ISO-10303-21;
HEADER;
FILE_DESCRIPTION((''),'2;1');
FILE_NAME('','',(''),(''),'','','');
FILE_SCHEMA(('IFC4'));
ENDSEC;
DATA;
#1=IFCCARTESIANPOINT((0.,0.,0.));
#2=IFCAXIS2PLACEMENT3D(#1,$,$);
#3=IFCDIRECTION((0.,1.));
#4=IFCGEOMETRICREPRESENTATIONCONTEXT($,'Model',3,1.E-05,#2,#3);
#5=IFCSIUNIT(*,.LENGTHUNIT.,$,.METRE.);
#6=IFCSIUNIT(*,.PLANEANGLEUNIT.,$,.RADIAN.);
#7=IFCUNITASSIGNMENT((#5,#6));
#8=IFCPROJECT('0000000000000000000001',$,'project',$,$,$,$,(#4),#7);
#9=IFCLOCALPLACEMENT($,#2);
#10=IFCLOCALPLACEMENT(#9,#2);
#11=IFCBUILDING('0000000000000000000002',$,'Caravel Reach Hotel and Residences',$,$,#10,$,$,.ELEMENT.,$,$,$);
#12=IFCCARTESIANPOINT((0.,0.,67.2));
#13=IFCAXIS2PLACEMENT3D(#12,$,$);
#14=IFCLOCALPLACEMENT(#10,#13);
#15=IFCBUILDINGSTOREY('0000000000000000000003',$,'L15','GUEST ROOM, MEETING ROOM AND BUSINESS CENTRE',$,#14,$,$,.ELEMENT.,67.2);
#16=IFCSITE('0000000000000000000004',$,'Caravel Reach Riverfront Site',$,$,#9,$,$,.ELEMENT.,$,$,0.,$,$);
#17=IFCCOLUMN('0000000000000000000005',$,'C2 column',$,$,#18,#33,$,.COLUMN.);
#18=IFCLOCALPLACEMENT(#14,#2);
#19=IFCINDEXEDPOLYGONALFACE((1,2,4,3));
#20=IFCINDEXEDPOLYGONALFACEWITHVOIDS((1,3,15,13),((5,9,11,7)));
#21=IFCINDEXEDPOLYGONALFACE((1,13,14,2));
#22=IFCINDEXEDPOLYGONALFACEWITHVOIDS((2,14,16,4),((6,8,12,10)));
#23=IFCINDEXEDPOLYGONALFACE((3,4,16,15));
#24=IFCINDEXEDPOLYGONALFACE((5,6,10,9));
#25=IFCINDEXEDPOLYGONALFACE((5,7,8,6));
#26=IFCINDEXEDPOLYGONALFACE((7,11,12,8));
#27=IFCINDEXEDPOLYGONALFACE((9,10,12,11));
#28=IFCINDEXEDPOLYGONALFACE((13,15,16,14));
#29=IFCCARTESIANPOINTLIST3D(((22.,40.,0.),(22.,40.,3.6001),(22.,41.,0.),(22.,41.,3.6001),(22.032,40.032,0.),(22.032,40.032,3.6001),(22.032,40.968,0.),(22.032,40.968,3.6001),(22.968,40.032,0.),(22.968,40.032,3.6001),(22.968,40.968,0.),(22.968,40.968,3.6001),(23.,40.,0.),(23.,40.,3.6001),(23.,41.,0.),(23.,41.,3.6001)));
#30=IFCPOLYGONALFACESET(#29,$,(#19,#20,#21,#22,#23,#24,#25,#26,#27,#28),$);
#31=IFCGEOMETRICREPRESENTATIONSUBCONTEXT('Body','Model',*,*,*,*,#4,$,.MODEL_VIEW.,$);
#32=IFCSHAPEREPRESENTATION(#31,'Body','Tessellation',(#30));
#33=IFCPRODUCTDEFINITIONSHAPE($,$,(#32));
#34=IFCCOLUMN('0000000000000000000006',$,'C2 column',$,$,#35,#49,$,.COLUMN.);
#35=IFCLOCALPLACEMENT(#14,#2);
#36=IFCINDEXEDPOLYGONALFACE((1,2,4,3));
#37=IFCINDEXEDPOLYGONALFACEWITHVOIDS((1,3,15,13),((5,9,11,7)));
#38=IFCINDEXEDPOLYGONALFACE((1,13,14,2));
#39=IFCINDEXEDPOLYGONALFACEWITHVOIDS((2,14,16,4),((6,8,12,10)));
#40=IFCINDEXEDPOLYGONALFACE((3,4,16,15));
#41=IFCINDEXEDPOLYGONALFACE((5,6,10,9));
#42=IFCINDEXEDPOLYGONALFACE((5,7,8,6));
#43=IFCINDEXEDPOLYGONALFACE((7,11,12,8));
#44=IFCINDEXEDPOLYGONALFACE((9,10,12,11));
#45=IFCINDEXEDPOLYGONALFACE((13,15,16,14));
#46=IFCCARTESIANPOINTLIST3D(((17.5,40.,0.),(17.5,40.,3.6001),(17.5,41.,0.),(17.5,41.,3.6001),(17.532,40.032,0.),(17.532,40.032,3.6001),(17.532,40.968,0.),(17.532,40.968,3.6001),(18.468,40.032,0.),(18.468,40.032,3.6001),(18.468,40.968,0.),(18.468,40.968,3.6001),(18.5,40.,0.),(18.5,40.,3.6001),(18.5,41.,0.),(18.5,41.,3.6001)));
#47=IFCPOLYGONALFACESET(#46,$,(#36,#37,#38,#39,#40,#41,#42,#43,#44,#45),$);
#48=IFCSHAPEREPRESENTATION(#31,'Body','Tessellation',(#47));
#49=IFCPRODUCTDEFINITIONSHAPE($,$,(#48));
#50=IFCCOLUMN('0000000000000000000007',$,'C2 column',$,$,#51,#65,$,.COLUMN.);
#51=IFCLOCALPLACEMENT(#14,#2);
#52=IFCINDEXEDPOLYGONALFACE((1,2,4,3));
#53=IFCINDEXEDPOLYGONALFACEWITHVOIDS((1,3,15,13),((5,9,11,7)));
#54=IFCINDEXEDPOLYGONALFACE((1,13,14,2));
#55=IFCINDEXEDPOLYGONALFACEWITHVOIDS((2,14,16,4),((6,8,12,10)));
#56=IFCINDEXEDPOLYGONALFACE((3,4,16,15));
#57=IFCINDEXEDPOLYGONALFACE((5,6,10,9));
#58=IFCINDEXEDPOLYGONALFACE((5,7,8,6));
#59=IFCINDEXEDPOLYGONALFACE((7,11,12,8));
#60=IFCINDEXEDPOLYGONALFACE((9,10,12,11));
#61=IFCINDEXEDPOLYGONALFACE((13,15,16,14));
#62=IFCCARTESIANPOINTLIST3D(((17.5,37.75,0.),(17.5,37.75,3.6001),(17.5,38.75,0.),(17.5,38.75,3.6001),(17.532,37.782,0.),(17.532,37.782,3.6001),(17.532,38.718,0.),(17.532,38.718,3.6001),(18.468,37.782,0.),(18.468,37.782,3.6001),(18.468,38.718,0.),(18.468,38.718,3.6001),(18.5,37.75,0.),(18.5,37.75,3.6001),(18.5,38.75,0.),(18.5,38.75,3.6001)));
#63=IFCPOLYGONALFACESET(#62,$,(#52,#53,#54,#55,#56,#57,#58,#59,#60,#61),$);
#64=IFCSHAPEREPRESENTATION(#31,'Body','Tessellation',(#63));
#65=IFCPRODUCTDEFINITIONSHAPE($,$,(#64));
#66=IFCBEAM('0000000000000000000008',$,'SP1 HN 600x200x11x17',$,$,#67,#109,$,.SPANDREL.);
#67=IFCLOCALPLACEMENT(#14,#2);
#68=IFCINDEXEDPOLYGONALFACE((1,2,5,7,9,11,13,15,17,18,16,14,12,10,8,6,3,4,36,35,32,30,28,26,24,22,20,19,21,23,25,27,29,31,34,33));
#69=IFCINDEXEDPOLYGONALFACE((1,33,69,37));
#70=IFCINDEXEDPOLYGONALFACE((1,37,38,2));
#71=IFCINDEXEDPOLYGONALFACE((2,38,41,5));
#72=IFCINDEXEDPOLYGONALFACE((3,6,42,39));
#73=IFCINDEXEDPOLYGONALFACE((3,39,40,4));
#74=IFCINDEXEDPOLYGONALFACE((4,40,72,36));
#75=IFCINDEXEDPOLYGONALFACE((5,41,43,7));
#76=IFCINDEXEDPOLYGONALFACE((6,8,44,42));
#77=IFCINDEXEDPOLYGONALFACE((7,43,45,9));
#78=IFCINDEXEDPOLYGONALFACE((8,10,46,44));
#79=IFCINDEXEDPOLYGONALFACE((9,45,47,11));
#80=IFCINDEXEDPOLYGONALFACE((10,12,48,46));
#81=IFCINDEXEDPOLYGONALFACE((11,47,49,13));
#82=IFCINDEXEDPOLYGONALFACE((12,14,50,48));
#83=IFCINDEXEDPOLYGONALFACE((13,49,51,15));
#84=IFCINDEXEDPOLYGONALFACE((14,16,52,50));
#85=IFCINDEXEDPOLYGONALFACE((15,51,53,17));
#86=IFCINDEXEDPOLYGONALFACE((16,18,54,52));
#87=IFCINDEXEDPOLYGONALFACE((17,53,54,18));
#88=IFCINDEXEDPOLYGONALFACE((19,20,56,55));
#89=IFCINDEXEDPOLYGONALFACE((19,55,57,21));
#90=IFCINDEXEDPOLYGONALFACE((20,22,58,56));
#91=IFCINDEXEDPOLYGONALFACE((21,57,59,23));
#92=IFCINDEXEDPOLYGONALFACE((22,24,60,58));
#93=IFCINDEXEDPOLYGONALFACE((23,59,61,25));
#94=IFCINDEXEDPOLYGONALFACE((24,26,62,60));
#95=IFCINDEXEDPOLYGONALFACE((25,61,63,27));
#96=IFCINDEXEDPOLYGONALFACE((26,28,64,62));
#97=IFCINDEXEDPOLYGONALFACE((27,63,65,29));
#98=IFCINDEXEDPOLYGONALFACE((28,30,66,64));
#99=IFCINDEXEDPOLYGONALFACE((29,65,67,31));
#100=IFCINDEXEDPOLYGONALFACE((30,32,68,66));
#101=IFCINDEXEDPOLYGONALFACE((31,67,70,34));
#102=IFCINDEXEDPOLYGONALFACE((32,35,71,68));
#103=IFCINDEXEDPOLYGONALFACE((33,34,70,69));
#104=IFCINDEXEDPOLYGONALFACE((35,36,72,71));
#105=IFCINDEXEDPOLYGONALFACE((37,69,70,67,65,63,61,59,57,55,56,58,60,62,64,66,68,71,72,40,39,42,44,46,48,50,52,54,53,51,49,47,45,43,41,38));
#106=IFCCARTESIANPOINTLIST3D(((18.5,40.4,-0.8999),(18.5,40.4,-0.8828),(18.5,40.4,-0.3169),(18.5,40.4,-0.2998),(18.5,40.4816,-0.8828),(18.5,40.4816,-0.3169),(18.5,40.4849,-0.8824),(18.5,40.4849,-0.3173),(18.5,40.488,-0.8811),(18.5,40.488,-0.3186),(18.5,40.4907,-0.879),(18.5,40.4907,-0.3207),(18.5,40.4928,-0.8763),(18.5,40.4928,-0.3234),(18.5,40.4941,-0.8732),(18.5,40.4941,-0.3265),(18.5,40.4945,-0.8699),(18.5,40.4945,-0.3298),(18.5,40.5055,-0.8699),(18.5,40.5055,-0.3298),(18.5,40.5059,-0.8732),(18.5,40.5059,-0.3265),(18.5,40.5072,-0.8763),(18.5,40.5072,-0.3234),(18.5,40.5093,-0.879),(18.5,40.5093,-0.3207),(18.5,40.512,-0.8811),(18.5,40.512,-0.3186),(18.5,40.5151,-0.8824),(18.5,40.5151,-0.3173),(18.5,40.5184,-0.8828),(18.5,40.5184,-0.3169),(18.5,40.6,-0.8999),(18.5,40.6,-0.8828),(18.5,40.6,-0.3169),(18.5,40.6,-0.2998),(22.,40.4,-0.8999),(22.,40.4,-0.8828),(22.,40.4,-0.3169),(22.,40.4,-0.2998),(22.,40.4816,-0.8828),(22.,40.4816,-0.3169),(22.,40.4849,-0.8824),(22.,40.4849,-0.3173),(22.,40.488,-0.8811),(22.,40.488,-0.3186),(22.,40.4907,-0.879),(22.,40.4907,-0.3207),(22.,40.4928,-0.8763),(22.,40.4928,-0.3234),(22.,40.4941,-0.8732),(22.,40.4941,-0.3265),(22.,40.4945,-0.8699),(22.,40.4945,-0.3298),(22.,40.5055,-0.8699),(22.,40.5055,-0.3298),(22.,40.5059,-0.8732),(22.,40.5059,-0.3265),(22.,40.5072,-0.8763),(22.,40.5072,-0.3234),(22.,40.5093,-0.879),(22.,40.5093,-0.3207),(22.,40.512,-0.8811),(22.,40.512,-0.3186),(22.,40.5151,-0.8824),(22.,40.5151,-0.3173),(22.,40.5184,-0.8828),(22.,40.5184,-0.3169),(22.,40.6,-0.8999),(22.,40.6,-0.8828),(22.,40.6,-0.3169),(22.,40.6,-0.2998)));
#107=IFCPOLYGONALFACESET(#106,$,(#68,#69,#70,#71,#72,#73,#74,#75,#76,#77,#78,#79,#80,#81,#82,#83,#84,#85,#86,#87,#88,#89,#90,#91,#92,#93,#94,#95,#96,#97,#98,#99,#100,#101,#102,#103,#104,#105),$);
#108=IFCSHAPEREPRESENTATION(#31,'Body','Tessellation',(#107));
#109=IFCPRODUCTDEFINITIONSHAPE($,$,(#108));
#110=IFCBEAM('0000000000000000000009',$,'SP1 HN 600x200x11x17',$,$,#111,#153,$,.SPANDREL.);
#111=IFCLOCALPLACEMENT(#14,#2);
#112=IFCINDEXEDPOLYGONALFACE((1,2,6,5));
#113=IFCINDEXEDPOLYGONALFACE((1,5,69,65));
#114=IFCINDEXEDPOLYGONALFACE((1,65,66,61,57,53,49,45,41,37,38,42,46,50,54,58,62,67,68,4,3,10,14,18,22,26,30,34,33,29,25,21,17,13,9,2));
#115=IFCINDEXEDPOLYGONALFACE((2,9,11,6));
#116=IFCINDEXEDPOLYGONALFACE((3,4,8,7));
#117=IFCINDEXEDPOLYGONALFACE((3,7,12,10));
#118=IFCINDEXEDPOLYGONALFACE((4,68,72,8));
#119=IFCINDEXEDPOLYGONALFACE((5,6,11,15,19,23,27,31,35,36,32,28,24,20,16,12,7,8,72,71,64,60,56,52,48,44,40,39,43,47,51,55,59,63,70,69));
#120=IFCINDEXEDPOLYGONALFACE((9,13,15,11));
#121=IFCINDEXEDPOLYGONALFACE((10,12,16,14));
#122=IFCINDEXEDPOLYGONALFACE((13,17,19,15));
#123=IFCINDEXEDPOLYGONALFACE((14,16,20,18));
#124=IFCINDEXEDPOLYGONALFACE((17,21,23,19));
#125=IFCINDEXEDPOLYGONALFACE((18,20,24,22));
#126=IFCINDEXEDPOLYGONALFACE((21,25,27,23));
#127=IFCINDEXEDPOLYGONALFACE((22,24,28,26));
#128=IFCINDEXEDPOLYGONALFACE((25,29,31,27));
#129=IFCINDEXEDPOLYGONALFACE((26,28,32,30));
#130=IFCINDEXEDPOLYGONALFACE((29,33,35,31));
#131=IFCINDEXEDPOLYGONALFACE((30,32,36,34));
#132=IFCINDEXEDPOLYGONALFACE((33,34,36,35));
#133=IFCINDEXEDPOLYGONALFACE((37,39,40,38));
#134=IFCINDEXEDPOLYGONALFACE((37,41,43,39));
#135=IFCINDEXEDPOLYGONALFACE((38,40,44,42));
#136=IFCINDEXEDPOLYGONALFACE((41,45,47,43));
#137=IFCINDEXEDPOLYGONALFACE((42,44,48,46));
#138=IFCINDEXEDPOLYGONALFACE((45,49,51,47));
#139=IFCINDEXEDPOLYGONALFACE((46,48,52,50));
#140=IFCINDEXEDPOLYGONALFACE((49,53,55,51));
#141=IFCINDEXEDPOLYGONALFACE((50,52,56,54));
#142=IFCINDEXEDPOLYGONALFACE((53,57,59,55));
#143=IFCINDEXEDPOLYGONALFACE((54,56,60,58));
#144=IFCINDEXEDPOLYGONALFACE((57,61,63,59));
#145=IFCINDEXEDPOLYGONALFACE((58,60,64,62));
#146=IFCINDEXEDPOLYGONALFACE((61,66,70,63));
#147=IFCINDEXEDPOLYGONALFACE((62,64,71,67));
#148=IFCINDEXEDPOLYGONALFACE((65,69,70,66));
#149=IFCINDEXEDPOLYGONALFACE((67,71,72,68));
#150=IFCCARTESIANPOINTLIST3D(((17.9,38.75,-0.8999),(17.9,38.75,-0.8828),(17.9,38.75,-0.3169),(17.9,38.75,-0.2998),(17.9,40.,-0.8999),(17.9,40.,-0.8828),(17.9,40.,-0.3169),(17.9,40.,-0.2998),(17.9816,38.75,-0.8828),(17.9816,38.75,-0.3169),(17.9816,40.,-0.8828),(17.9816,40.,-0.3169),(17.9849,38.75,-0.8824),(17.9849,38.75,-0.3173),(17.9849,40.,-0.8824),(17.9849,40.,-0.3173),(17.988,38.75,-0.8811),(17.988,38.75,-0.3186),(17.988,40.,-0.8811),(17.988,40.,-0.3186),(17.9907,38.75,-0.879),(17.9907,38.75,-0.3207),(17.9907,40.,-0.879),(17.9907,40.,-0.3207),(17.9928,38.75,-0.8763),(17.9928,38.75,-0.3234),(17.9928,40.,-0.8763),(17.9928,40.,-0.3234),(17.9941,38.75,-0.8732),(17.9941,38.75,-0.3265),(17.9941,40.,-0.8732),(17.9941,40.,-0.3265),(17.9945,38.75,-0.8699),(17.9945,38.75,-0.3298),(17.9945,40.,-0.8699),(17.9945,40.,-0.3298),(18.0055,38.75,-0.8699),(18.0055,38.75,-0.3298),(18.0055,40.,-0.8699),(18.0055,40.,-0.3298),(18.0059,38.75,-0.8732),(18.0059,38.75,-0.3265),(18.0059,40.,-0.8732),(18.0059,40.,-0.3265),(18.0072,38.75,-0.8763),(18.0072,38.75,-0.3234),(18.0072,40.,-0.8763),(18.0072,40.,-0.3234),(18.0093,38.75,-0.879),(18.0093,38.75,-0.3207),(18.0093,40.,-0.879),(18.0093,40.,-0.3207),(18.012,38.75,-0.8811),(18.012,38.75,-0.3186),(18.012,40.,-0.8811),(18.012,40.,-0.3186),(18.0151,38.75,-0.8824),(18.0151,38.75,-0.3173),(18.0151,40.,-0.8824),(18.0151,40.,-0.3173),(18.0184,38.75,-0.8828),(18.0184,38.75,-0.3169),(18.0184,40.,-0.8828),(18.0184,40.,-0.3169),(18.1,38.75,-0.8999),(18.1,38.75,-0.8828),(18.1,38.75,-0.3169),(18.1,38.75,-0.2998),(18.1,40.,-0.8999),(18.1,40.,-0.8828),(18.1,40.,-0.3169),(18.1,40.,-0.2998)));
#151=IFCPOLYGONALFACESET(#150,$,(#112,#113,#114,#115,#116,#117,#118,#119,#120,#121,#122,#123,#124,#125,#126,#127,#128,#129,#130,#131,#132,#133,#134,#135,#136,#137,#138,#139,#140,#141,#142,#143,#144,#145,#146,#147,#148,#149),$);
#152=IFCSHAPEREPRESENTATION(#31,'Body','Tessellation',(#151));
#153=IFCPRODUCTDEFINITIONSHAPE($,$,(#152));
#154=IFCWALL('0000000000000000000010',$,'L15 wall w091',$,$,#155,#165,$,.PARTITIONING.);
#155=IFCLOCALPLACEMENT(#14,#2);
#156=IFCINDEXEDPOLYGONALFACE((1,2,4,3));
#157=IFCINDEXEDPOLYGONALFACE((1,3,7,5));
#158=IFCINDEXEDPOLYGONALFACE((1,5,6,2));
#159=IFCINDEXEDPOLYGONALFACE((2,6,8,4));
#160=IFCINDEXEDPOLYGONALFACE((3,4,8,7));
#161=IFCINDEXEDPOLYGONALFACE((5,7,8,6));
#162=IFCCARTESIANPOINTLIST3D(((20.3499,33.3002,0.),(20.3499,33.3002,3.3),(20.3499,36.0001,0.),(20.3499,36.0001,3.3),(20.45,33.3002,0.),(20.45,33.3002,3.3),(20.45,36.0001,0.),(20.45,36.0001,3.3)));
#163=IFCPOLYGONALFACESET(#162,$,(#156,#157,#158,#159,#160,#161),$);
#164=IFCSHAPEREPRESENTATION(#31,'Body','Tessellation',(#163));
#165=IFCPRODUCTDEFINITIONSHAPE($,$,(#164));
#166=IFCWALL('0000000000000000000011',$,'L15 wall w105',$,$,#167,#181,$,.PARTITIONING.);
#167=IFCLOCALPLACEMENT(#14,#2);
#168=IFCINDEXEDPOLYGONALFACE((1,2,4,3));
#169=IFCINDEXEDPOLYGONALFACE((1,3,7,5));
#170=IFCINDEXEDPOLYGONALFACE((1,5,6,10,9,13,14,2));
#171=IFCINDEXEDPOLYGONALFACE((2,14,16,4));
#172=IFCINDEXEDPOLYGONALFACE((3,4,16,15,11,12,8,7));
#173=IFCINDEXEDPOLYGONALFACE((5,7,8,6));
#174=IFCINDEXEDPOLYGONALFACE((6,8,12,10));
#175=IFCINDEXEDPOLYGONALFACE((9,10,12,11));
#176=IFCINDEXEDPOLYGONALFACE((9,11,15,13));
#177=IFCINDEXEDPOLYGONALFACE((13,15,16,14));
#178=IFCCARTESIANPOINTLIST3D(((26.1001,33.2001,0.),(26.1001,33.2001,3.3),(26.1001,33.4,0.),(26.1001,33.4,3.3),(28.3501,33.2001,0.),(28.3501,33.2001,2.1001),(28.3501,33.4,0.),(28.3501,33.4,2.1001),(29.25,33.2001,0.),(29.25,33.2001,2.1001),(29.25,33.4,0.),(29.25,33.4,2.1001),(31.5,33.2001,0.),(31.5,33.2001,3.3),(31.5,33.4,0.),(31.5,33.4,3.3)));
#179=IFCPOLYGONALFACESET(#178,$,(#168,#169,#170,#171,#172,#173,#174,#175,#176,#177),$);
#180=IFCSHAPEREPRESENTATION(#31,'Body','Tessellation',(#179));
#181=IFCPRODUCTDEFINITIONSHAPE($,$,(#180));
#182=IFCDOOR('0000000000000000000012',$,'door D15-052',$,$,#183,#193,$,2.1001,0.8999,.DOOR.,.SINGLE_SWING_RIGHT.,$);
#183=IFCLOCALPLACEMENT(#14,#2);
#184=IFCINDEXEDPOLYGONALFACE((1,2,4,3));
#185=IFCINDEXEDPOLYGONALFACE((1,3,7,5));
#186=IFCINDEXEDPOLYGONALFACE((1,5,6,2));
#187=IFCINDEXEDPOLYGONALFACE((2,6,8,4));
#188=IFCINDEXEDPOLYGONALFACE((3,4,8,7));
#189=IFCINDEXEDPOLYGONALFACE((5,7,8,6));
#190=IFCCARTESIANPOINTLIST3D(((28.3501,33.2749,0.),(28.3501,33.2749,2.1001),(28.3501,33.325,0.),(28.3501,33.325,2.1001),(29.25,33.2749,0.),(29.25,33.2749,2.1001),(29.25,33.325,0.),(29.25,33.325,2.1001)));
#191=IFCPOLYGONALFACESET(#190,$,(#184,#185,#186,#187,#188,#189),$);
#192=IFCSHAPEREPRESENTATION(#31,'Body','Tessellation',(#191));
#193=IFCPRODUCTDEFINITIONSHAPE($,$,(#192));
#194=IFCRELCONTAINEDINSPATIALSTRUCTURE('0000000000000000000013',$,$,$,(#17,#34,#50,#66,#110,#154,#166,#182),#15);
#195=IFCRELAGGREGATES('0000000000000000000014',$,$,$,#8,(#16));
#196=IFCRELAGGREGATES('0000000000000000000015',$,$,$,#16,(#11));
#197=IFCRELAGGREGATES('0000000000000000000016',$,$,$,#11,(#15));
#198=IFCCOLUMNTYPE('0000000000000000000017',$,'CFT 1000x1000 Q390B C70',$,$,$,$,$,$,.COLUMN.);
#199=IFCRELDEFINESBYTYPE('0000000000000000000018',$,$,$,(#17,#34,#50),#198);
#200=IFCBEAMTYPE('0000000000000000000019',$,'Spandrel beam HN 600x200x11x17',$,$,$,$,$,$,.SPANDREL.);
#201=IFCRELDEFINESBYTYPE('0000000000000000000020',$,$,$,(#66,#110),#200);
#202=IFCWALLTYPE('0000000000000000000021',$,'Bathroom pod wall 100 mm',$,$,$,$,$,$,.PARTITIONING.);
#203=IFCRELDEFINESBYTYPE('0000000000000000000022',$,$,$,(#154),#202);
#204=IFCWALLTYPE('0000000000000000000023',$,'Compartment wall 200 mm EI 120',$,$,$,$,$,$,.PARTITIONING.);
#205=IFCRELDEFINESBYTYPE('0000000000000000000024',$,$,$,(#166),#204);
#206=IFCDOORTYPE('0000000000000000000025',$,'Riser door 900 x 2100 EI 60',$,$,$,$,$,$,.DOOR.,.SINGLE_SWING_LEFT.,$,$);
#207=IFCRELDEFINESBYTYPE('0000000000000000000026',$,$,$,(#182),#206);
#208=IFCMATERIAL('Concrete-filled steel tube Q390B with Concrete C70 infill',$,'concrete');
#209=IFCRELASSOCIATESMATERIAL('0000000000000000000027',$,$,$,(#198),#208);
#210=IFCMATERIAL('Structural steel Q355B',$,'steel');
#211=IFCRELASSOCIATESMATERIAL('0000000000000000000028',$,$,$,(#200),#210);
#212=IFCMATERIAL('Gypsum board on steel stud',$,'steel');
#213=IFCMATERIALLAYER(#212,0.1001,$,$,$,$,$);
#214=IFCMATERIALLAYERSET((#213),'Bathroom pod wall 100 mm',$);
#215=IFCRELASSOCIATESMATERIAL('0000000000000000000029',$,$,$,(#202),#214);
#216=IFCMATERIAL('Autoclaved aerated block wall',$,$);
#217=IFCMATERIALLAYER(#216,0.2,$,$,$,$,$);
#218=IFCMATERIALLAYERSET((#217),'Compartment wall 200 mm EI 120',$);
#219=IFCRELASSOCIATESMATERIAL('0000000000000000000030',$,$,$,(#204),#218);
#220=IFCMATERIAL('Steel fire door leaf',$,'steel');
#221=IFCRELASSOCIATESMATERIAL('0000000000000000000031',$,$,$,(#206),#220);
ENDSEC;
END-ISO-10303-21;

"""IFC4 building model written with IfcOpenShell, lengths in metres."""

from ifc_helpers import new_model, si_unit, direction, frame, frame_2d, origin, origin_2d, place, context, subcontext, project, spatial, rectangle, hollow_rectangle, i_section, extrude, material, layer, layer_set, material_profile, profile_set, type_object, element, fill, save


model = new_model("IFC4")

# Units and contexts
model_context = context("Model", 3, precision=1e-05, world=origin(), true_north=direction((0.0, 1.0)))
body_context = subcontext(model_context, "Body", "Model", "MODEL_VIEW")
ifc_project = project(units=[si_unit("LENGTHUNIT", "METRE"), si_unit("PLANEANGLEUNIT", "RADIAN")], contexts=[model_context])

# Site, building, storey
site_placement = place(None, origin())
site = spatial("IfcSite", under=ifc_project, at=site_placement, Name="Caravel Reach Riverfront Site", CompositionType="ELEMENT", RefElevation=0.0)
building_placement = place(site_placement, origin())
building = spatial("IfcBuilding", under=site, at=building_placement, Name="Caravel Reach Hotel and Residences", CompositionType="ELEMENT")
storey_placement = place(building_placement, frame((0.0, 0.0, 67.2)))
storey = spatial("IfcBuildingStorey", under=building, at=storey_placement, Name="L15", Description="GUEST ROOM, MEETING ROOM AND BUSINESS CENTRE", CompositionType="ELEMENT", Elevation=67.2)

# Columns
ifc_material_1 = material(Name="Concrete-filled steel tube Q390B with Concrete C70 infill", Category="concrete")
ifc_material_profile_1 = material_profile(ifc_material_1, hollow_rectangle(XDim=1.0, YDim=1.0, WallThickness=0.032, at=origin_2d()), Name="RHS 1000x1000x32")
ifc_profile_set_1 = profile_set([ifc_material_profile_1], Name="Concrete-filled steel tube Q390B with Concrete C70 infill")
column_type = type_object("IfcColumnType", Name="CFT 1000x1000 Q390B C70", PredefinedType="COLUMN", material=ifc_profile_set_1)
for number, where, z_axis, x_axis, name in (
    (1, (22.5, 40.5, 0.0), (0.0, 0.0, 1.0), (1.0, 0.0, 0.0), "C2 column"),
    (2, (18.0, 40.5, 0.0), (0.0, 0.0, 1.0), (1.0, 0.0, 0.0), "C2 column"),
    (3, (18.0, 38.25, 0.0), (0.0, 0.0, 1.0), (1.0, 0.0, 0.0), "C2 column"),
):
    element("IfcColumn", number, at=place(storey_placement, frame(where, z_axis=z_axis, x_axis=x_axis)), inside=storey, type_object=column_type, Name=name, PredefinedType="COLUMN", context=body_context, shape_type="SweptSolid", body=[
        extrude(hollow_rectangle(XDim=1.0, YDim=1.0, WallThickness=0.032, at=origin_2d()), origin(), (0.0, 0.0, 1.0), 3.6001),
    ])

# Beams
ifc_material_2 = material(Name="Structural steel Q355B", Category="steel")
ifc_material_profile_2 = material_profile(ifc_material_2, i_section(OverallWidth=0.2, OverallDepth=0.6001, WebThickness=0.011, FlangeThickness=0.0171, FilletRadius=0.0129, at=origin_2d()), Name="HN 600x200x11x17")
ifc_profile_set_2 = profile_set([ifc_material_profile_2], Name="Structural steel Q355B")
beam_type = type_object("IfcBeamType", Name="Spandrel beam HN 600x200x11x17", PredefinedType="SPANDREL", material=ifc_profile_set_2)
beam_1_placement = place(storey_placement, frame((22.0, 40.5, -0.5999), z_axis=(-1.0, 0.0, 0.0), x_axis=(0.0, -1.0, 0.0)))
element("IfcBeam", 4, at=beam_1_placement, inside=storey, type_object=beam_type, Name="SP1 HN 600x200x11x17", PredefinedType="SPANDREL", context=body_context, shape_type="SweptSolid", body=[
    extrude(i_section(OverallWidth=0.2, OverallDepth=0.6001, WebThickness=0.011, FlangeThickness=0.0171, FilletRadius=0.0129, at=origin_2d()), origin(), (0.0, 0.0, 1.0), 3.5),
])
beam_2_placement = place(storey_placement, frame((18.0, 40.0, -0.5999), z_axis=(0.0, -1.0, 0.0), x_axis=(1.0, 0.0, 0.0)))
element("IfcBeam", 5, at=beam_2_placement, inside=storey, type_object=beam_type, Name="SP1 HN 600x200x11x17", PredefinedType="SPANDREL", context=body_context, shape_type="SweptSolid", body=[
    extrude(i_section(OverallWidth=0.2, OverallDepth=0.6001, WebThickness=0.011, FlangeThickness=0.0171, FilletRadius=0.0129, at=origin_2d()), origin(), (0.0, 0.0, 1.0), 1.25),
])

# Wall
ifc_material_3 = material(Name="Gypsum board on steel stud", Category="steel")
ifc_layer_1 = layer(ifc_material_3, 0.1001)
ifc_layer_set_1 = layer_set([ifc_layer_1], Name="Bathroom pod wall 100 mm")
wall_type_1 = type_object("IfcWallType", Name="Bathroom pod wall 100 mm", PredefinedType="PARTITIONING", material=ifc_layer_set_1)
wall_1_placement = place(storey_placement, frame((20.3999, 33.3, 0.0), z_axis=(0.0, 0.0, 1.0), x_axis=(0.0, 1.0, 0.0)))
element("IfcWall", 6, at=wall_1_placement, inside=storey, type_object=wall_type_1, Name="L15 wall w091", PredefinedType="PARTITIONING", context=body_context, shape_type="SweptSolid", body=[
    extrude(rectangle(XDim=2.7, YDim=0.1001, at=frame_2d((1.3501, 0.0))), origin(), (0.0, 0.0, 1.0), 3.3),
])

# Wall, opening, door
ifc_material_4 = material(Name="Autoclaved aerated block wall")
ifc_layer_2 = layer(ifc_material_4, 0.2)
ifc_layer_set_2 = layer_set([ifc_layer_2], Name="Compartment wall 200 mm EI 120")
wall_type_2 = type_object("IfcWallType", Name="Compartment wall 200 mm EI 120", PredefinedType="PARTITIONING", material=ifc_layer_set_2)
wall_2_placement = place(storey_placement, frame((26.1001, 33.3, 0.0), z_axis=(0.0, 0.0, 1.0), x_axis=(1.0, 0.0, 0.0)))
wall_2 = element("IfcWall", 7, at=wall_2_placement, inside=storey, type_object=wall_type_2, Name="L15 wall w105", PredefinedType="PARTITIONING", context=body_context, shape_type="SweptSolid", body=[
    extrude(rectangle(XDim=5.3999, YDim=0.2, at=frame_2d((2.7, 0.0))), origin(), (0.0, 0.0, 1.0), 3.3),
])
opening_1_placement = place(wall_2_placement, frame((2.25, 0.0, 0.0)))
opening_1 = element("IfcOpeningElement", 8, at=opening_1_placement, cuts=wall_2, PredefinedType="OPENING", context=body_context, shape_type="SweptSolid", body=[
    extrude(rectangle(XDim=0.8999, YDim=2.1001, at=frame_2d((0.45, 1.05))), frame((0.0, 0.1099, 0.0), z_axis=(0.0, -1.0, 0.0), x_axis=(1.0, 0.0, 0.0)), (0.0, 0.0, 1.0), 0.22),
])
ifc_material_5 = material(Name="Steel fire door leaf", Category="steel")
door_type_1 = type_object("IfcDoorType", Name="Riser door 900 x 2100 EI 60", OperationType="SINGLE_SWING_LEFT", PredefinedType="DOOR", material=ifc_material_5)
door_1_placement = place(opening_1_placement, origin())
door_1 = element("IfcDoor", 9, at=door_1_placement, inside=storey, type_object=door_type_1, Name="door D15-052", OperationType="SINGLE_SWING_RIGHT", OverallHeight=2.1001, OverallWidth=0.8999, PredefinedType="DOOR", context=body_context, shape_type="SweptSolid", body=[
    extrude(rectangle(XDim=0.8999, YDim=2.1001, at=frame_2d((0.45, 1.05))), frame((0.0, 0.0249, 0.0), z_axis=(0.0, -1.0, 0.0), x_axis=(1.0, 0.0, 0.0)), (0.0, 0.0, 1.0), 0.05),
])
fill(opening_1, door_1)

save(model, "model.ifc")
